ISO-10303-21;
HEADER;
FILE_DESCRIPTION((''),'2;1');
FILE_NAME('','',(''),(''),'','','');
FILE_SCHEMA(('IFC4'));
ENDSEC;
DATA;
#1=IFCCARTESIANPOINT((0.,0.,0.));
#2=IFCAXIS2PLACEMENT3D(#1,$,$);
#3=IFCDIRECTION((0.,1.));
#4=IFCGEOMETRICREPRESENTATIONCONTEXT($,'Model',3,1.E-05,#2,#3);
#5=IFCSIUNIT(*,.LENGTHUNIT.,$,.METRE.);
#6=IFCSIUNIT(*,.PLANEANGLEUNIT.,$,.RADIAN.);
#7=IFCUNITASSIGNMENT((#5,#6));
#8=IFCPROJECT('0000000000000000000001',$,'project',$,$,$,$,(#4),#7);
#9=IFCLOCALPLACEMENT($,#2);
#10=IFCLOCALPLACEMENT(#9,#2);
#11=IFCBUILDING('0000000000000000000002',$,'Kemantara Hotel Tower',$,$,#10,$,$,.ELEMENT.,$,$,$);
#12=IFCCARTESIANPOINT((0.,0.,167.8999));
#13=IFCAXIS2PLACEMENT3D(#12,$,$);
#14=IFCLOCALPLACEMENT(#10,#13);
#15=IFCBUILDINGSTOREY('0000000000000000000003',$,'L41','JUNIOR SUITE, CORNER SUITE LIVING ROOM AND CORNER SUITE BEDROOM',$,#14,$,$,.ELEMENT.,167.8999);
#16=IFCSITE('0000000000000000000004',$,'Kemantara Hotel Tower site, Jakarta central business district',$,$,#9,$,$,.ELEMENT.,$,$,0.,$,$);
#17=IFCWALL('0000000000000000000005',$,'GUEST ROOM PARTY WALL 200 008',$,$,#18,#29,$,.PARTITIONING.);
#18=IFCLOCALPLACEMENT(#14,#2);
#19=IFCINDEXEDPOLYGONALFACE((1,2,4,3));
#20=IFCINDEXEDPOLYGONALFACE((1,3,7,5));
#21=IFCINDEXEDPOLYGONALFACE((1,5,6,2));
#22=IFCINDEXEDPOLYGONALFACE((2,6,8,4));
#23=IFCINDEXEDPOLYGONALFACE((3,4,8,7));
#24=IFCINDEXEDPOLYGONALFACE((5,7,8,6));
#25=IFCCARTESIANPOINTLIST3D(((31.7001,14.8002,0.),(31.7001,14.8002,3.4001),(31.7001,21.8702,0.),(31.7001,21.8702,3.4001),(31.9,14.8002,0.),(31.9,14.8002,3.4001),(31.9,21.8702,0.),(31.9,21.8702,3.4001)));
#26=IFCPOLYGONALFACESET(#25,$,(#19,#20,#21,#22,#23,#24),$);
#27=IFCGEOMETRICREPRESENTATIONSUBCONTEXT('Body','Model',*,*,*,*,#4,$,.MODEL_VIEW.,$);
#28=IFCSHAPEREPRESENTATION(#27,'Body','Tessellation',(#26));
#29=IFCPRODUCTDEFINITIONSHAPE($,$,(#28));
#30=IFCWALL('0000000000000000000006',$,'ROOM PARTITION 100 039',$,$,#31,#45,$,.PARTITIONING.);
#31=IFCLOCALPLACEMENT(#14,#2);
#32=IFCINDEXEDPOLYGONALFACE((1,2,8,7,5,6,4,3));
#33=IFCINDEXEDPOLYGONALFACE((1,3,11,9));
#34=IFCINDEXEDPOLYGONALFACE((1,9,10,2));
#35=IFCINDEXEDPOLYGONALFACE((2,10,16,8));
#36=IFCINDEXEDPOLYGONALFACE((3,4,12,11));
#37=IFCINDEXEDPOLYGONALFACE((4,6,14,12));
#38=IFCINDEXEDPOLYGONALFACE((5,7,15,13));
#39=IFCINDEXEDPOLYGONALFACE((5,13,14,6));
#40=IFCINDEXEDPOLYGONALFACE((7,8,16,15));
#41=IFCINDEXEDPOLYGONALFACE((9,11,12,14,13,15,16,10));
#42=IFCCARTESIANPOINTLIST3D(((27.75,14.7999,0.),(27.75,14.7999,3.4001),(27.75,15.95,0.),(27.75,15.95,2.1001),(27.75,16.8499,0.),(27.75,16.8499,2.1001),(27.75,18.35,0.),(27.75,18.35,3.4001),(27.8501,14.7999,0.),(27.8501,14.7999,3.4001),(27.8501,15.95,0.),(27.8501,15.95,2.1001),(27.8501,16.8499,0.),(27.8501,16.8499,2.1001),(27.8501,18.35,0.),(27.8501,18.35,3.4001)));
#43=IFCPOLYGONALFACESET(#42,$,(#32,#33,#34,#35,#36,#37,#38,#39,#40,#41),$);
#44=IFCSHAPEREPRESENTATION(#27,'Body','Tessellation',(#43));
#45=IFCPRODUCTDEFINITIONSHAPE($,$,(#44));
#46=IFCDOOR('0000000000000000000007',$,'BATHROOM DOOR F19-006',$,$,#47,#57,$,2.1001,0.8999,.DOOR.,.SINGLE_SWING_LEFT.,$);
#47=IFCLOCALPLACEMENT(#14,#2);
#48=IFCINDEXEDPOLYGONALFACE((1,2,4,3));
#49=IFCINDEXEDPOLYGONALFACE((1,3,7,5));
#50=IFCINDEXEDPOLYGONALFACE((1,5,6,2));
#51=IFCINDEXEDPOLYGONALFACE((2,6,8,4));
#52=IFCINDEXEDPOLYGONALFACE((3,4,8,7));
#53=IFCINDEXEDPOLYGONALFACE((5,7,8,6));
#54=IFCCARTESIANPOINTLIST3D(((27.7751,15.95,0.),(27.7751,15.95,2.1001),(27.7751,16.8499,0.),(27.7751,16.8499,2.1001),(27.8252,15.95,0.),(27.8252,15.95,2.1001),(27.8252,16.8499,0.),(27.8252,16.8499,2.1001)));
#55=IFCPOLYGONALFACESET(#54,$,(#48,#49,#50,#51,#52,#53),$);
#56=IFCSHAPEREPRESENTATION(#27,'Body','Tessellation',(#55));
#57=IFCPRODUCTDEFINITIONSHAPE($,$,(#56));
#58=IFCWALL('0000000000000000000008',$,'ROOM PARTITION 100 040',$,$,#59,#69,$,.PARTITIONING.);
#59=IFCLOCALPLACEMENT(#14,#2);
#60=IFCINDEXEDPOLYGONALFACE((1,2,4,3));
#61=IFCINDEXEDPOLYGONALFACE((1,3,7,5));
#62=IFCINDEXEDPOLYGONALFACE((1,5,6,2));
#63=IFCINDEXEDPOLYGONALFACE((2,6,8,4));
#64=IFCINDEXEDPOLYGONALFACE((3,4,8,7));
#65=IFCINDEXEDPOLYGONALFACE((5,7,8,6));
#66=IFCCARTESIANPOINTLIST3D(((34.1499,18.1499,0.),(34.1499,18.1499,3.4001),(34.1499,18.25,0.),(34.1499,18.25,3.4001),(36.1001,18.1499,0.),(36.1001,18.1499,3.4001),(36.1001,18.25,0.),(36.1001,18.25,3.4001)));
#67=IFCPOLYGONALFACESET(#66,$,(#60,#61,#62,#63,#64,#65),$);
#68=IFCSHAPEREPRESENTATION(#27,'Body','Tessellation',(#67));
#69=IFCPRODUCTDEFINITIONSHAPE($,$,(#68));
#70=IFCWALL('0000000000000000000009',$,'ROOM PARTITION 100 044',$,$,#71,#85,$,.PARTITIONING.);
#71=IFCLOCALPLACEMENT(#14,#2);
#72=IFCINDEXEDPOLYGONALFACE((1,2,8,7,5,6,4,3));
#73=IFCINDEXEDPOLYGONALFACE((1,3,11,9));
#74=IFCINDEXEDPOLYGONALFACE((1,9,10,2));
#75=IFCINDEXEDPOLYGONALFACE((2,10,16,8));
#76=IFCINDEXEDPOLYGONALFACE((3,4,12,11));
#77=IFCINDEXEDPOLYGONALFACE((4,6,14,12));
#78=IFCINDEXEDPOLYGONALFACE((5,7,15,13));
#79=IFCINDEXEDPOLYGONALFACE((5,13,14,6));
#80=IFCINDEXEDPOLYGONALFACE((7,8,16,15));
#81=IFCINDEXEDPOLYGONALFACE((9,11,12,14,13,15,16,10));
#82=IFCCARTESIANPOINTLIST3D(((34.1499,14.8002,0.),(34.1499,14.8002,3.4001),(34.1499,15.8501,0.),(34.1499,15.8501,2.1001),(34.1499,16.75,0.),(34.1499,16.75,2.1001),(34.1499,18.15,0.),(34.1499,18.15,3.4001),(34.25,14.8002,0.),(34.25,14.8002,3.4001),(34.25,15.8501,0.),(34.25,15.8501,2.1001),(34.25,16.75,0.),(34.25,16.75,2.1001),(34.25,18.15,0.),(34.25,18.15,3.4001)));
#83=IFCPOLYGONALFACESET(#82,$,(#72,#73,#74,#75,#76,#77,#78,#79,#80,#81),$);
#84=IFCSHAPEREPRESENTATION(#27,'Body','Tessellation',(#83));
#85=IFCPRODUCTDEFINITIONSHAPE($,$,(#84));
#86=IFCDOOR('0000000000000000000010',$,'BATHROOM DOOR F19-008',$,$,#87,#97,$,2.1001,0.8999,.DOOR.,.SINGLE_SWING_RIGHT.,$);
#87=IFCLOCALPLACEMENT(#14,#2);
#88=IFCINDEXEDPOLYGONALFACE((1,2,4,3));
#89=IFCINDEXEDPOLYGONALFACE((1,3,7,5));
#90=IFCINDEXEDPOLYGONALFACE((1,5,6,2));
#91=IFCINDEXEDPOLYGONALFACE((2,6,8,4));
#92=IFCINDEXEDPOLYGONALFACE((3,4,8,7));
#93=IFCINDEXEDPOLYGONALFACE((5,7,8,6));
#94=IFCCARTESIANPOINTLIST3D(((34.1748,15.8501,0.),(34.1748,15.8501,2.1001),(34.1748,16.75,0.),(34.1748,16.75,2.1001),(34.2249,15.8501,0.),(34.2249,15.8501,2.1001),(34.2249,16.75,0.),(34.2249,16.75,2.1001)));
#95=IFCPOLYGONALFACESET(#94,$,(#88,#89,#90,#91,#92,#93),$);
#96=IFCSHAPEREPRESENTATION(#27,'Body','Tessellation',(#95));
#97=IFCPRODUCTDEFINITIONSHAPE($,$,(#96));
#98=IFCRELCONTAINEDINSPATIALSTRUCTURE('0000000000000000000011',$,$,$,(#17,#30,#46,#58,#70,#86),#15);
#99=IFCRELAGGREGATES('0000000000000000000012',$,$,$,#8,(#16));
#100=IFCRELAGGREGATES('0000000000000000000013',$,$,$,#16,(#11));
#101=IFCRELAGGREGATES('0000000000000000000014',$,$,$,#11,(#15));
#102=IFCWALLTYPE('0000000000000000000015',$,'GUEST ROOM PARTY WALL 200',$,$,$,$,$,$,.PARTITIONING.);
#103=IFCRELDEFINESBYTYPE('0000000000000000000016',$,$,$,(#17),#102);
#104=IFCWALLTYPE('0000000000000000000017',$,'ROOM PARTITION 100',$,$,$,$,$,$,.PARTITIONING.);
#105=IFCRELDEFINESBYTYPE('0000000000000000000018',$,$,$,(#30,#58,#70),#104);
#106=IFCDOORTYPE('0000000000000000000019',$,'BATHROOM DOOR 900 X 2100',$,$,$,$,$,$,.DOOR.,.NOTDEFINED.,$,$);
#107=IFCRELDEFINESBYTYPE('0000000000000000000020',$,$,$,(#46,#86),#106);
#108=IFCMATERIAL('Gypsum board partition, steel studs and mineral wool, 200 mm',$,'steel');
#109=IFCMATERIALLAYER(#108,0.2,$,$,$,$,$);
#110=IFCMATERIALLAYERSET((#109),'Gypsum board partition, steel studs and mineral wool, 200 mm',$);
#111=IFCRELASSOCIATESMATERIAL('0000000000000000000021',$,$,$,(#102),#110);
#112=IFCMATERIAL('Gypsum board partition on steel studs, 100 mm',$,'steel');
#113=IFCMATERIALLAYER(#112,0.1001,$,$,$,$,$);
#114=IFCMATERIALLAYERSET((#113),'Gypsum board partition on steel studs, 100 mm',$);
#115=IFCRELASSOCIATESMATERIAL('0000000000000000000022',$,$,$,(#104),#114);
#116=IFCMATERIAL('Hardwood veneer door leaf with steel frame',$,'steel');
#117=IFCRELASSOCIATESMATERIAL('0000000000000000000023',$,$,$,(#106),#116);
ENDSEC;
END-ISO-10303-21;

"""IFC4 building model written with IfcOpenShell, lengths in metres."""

from ifc_helpers import new_model, si_unit, direction, frame, frame_2d, origin, place, context, subcontext, project, spatial, rectangle, extrude, material, layer, layer_set, type_object, element, fill, save


model = new_model("IFC4")

# Units and contexts
model_context = context("Model", 3, precision=1e-05, world=origin(), true_north=direction((0.0, 1.0)))
body_context = subcontext(model_context, "Body", "Model", "MODEL_VIEW")
ifc_project = project(units=[si_unit("LENGTHUNIT", "METRE"), si_unit("PLANEANGLEUNIT", "RADIAN")], contexts=[model_context])

# Site, building, storey
site_placement = place(None, origin())
site = spatial("IfcSite", under=ifc_project, at=site_placement, Name="Kemantara Hotel Tower site, Jakarta central business district", CompositionType="ELEMENT", RefElevation=0.0)
building_placement = place(site_placement, origin())
building = spatial("IfcBuilding", under=site, at=building_placement, Name="Kemantara Hotel Tower", CompositionType="ELEMENT")
storey_placement = place(building_placement, frame((0.0, 0.0, 167.8999)))
storey = spatial("IfcBuildingStorey", under=building, at=storey_placement, Name="L41", Description="JUNIOR SUITE, CORNER SUITE LIVING ROOM AND CORNER SUITE BEDROOM", CompositionType="ELEMENT", Elevation=167.8999)

# Shared definitions
ifc_material_1 = material(Name="Gypsum board partition, steel studs and mineral wool, 200 mm", Category="steel")
ifc_material_2 = material(Name="Hardwood veneer door leaf with steel frame", Category="steel")

# Wall
ifc_layer_1 = layer(ifc_material_1, 0.2)
ifc_layer_set_1 = layer_set([ifc_layer_1], Name="Gypsum board partition, steel studs and mineral wool, 200 mm")
wall_type_1 = type_object("IfcWallType", Name="GUEST ROOM PARTY WALL 200", PredefinedType="PARTITIONING", material=ifc_layer_set_1)
wall_1_placement = place(storey_placement, frame((31.8, 14.8, 0.0), z_axis=(0.0, 0.0, 1.0), x_axis=(0.0, 1.0, 0.0)))
element("IfcWall", 1, at=wall_1_placement, inside=storey, type_object=wall_type_1, Name="GUEST ROOM PARTY WALL 200 008", PredefinedType="PARTITIONING", context=body_context, shape_type="SweptSolid", body=[
    extrude(rectangle(XDim=7.0701, YDim=0.2, at=frame_2d((3.5352, 0.0))), origin(), (0.0, 0.0, 1.0), 3.4001),
])

# Wall, opening, door
ifc_material_3 = material(Name="Gypsum board partition on steel studs, 100 mm", Category="steel")
ifc_layer_2 = layer(ifc_material_3, 0.1001)
ifc_layer_set_2 = layer_set([ifc_layer_2], Name="Gypsum board partition on steel studs, 100 mm")
wall_type_2 = type_object("IfcWallType", Name="ROOM PARTITION 100", PredefinedType="PARTITIONING", material=ifc_layer_set_2)
wall_2_placement = place(storey_placement, frame((27.8, 14.8, 0.0), z_axis=(0.0, 0.0, 1.0), x_axis=(0.0, 1.0, 0.0)))
wall_2 = element("IfcWall", 2, at=wall_2_placement, inside=storey, type_object=wall_type_2, Name="ROOM PARTITION 100 039", PredefinedType="PARTITIONING", context=body_context, shape_type="SweptSolid", body=[
    extrude(rectangle(XDim=3.55, YDim=0.1001, at=frame_2d((1.7749, 0.0))), origin(), (0.0, 0.0, 1.0), 3.4001),
])
opening_1_placement = place(wall_2_placement, frame((1.1499, 0.0, 0.0)))
opening_1 = element("IfcOpeningElement", 3, at=opening_1_placement, cuts=wall_2, PredefinedType="OPENING", context=body_context, shape_type="SweptSolid", body=[
    extrude(rectangle(XDim=0.8999, YDim=2.1001, at=frame_2d((0.45, 1.05))), frame((0.0, 0.0601, 0.0), z_axis=(0.0, -1.0, 0.0), x_axis=(1.0, 0.0, 0.0)), (0.0, 0.0, 1.0), 0.1201),
])
door_type_1 = type_object("IfcDoorType", Name="BATHROOM DOOR 900 X 2100", OperationType="NOTDEFINED", PredefinedType="DOOR", material=ifc_material_2)
door_1_placement = place(opening_1_placement, origin())
door_1 = element("IfcDoor", 4, at=door_1_placement, inside=storey, type_object=door_type_1, Name="BATHROOM DOOR F19-006", OperationType="SINGLE_SWING_LEFT", OverallHeight=2.1001, OverallWidth=0.8999, PredefinedType="DOOR", context=body_context, shape_type="SweptSolid", body=[
    extrude(rectangle(XDim=0.8999, YDim=2.1001, at=frame_2d((0.45, 1.05))), frame((0.0, 0.0249, 0.0), z_axis=(0.0, -1.0, 0.0), x_axis=(1.0, 0.0, 0.0)), (0.0, 0.0, 1.0), 0.05),
])
fill(opening_1, door_1)

# Wall
wall_3_placement = place(storey_placement, frame((34.1499, 18.2, 0.0), z_axis=(0.0, 0.0, 1.0), x_axis=(1.0, 0.0, 0.0)))
element("IfcWall", 5, at=wall_3_placement, inside=storey, type_object=wall_type_2, Name="ROOM PARTITION 100 040", PredefinedType="PARTITIONING", context=body_context, shape_type="SweptSolid", body=[
    extrude(rectangle(XDim=1.9502, YDim=0.1001, at=frame_2d((0.9751, 0.0))), origin(), (0.0, 0.0, 1.0), 3.4001),
])

# Wall, opening, door
wall_4_placement = place(storey_placement, frame((34.2, 18.1499, 0.0), z_axis=(0.0, 0.0, 1.0), x_axis=(0.0, -1.0, 0.0)))
wall_4 = element("IfcWall", 6, at=wall_4_placement, inside=storey, type_object=wall_type_2, Name="ROOM PARTITION 100 044", PredefinedType="PARTITIONING", context=body_context, shape_type="SweptSolid", body=[
    extrude(rectangle(XDim=3.3499, YDim=0.1001, at=frame_2d((1.6748, 0.0))), origin(), (0.0, 0.0, 1.0), 3.4001),
])
opening_2_placement = place(wall_4_placement, frame((1.3999, 0.0, 0.0)))
opening_2 = element("IfcOpeningElement", 7, at=opening_2_placement, cuts=wall_4, PredefinedType="OPENING", context=body_context, shape_type="SweptSolid", body=[
    extrude(rectangle(XDim=0.8999, YDim=2.1001, at=frame_2d((0.45, 1.05))), frame((0.0, 0.0601, 0.0), z_axis=(0.0, -1.0, 0.0), x_axis=(1.0, 0.0, 0.0)), (0.0, 0.0, 1.0), 0.1201),
])
door_2_placement = place(opening_2_placement, origin())
door_2 = element("IfcDoor", 8, at=door_2_placement, inside=storey, type_object=door_type_1, Name="BATHROOM DOOR F19-008", OperationType="SINGLE_SWING_RIGHT", OverallHeight=2.1001, OverallWidth=0.8999, PredefinedType="DOOR", context=body_context, shape_type="SweptSolid", body=[
    extrude(rectangle(XDim=0.8999, YDim=2.1001, at=frame_2d((0.45, 1.05))), frame((0.0, 0.0249, 0.0), z_axis=(0.0, -1.0, 0.0), x_axis=(1.0, 0.0, 0.0)), (0.0, 0.0, 1.0), 0.05),
])
fill(opening_2, door_2)

save(model, "model.ifc")
